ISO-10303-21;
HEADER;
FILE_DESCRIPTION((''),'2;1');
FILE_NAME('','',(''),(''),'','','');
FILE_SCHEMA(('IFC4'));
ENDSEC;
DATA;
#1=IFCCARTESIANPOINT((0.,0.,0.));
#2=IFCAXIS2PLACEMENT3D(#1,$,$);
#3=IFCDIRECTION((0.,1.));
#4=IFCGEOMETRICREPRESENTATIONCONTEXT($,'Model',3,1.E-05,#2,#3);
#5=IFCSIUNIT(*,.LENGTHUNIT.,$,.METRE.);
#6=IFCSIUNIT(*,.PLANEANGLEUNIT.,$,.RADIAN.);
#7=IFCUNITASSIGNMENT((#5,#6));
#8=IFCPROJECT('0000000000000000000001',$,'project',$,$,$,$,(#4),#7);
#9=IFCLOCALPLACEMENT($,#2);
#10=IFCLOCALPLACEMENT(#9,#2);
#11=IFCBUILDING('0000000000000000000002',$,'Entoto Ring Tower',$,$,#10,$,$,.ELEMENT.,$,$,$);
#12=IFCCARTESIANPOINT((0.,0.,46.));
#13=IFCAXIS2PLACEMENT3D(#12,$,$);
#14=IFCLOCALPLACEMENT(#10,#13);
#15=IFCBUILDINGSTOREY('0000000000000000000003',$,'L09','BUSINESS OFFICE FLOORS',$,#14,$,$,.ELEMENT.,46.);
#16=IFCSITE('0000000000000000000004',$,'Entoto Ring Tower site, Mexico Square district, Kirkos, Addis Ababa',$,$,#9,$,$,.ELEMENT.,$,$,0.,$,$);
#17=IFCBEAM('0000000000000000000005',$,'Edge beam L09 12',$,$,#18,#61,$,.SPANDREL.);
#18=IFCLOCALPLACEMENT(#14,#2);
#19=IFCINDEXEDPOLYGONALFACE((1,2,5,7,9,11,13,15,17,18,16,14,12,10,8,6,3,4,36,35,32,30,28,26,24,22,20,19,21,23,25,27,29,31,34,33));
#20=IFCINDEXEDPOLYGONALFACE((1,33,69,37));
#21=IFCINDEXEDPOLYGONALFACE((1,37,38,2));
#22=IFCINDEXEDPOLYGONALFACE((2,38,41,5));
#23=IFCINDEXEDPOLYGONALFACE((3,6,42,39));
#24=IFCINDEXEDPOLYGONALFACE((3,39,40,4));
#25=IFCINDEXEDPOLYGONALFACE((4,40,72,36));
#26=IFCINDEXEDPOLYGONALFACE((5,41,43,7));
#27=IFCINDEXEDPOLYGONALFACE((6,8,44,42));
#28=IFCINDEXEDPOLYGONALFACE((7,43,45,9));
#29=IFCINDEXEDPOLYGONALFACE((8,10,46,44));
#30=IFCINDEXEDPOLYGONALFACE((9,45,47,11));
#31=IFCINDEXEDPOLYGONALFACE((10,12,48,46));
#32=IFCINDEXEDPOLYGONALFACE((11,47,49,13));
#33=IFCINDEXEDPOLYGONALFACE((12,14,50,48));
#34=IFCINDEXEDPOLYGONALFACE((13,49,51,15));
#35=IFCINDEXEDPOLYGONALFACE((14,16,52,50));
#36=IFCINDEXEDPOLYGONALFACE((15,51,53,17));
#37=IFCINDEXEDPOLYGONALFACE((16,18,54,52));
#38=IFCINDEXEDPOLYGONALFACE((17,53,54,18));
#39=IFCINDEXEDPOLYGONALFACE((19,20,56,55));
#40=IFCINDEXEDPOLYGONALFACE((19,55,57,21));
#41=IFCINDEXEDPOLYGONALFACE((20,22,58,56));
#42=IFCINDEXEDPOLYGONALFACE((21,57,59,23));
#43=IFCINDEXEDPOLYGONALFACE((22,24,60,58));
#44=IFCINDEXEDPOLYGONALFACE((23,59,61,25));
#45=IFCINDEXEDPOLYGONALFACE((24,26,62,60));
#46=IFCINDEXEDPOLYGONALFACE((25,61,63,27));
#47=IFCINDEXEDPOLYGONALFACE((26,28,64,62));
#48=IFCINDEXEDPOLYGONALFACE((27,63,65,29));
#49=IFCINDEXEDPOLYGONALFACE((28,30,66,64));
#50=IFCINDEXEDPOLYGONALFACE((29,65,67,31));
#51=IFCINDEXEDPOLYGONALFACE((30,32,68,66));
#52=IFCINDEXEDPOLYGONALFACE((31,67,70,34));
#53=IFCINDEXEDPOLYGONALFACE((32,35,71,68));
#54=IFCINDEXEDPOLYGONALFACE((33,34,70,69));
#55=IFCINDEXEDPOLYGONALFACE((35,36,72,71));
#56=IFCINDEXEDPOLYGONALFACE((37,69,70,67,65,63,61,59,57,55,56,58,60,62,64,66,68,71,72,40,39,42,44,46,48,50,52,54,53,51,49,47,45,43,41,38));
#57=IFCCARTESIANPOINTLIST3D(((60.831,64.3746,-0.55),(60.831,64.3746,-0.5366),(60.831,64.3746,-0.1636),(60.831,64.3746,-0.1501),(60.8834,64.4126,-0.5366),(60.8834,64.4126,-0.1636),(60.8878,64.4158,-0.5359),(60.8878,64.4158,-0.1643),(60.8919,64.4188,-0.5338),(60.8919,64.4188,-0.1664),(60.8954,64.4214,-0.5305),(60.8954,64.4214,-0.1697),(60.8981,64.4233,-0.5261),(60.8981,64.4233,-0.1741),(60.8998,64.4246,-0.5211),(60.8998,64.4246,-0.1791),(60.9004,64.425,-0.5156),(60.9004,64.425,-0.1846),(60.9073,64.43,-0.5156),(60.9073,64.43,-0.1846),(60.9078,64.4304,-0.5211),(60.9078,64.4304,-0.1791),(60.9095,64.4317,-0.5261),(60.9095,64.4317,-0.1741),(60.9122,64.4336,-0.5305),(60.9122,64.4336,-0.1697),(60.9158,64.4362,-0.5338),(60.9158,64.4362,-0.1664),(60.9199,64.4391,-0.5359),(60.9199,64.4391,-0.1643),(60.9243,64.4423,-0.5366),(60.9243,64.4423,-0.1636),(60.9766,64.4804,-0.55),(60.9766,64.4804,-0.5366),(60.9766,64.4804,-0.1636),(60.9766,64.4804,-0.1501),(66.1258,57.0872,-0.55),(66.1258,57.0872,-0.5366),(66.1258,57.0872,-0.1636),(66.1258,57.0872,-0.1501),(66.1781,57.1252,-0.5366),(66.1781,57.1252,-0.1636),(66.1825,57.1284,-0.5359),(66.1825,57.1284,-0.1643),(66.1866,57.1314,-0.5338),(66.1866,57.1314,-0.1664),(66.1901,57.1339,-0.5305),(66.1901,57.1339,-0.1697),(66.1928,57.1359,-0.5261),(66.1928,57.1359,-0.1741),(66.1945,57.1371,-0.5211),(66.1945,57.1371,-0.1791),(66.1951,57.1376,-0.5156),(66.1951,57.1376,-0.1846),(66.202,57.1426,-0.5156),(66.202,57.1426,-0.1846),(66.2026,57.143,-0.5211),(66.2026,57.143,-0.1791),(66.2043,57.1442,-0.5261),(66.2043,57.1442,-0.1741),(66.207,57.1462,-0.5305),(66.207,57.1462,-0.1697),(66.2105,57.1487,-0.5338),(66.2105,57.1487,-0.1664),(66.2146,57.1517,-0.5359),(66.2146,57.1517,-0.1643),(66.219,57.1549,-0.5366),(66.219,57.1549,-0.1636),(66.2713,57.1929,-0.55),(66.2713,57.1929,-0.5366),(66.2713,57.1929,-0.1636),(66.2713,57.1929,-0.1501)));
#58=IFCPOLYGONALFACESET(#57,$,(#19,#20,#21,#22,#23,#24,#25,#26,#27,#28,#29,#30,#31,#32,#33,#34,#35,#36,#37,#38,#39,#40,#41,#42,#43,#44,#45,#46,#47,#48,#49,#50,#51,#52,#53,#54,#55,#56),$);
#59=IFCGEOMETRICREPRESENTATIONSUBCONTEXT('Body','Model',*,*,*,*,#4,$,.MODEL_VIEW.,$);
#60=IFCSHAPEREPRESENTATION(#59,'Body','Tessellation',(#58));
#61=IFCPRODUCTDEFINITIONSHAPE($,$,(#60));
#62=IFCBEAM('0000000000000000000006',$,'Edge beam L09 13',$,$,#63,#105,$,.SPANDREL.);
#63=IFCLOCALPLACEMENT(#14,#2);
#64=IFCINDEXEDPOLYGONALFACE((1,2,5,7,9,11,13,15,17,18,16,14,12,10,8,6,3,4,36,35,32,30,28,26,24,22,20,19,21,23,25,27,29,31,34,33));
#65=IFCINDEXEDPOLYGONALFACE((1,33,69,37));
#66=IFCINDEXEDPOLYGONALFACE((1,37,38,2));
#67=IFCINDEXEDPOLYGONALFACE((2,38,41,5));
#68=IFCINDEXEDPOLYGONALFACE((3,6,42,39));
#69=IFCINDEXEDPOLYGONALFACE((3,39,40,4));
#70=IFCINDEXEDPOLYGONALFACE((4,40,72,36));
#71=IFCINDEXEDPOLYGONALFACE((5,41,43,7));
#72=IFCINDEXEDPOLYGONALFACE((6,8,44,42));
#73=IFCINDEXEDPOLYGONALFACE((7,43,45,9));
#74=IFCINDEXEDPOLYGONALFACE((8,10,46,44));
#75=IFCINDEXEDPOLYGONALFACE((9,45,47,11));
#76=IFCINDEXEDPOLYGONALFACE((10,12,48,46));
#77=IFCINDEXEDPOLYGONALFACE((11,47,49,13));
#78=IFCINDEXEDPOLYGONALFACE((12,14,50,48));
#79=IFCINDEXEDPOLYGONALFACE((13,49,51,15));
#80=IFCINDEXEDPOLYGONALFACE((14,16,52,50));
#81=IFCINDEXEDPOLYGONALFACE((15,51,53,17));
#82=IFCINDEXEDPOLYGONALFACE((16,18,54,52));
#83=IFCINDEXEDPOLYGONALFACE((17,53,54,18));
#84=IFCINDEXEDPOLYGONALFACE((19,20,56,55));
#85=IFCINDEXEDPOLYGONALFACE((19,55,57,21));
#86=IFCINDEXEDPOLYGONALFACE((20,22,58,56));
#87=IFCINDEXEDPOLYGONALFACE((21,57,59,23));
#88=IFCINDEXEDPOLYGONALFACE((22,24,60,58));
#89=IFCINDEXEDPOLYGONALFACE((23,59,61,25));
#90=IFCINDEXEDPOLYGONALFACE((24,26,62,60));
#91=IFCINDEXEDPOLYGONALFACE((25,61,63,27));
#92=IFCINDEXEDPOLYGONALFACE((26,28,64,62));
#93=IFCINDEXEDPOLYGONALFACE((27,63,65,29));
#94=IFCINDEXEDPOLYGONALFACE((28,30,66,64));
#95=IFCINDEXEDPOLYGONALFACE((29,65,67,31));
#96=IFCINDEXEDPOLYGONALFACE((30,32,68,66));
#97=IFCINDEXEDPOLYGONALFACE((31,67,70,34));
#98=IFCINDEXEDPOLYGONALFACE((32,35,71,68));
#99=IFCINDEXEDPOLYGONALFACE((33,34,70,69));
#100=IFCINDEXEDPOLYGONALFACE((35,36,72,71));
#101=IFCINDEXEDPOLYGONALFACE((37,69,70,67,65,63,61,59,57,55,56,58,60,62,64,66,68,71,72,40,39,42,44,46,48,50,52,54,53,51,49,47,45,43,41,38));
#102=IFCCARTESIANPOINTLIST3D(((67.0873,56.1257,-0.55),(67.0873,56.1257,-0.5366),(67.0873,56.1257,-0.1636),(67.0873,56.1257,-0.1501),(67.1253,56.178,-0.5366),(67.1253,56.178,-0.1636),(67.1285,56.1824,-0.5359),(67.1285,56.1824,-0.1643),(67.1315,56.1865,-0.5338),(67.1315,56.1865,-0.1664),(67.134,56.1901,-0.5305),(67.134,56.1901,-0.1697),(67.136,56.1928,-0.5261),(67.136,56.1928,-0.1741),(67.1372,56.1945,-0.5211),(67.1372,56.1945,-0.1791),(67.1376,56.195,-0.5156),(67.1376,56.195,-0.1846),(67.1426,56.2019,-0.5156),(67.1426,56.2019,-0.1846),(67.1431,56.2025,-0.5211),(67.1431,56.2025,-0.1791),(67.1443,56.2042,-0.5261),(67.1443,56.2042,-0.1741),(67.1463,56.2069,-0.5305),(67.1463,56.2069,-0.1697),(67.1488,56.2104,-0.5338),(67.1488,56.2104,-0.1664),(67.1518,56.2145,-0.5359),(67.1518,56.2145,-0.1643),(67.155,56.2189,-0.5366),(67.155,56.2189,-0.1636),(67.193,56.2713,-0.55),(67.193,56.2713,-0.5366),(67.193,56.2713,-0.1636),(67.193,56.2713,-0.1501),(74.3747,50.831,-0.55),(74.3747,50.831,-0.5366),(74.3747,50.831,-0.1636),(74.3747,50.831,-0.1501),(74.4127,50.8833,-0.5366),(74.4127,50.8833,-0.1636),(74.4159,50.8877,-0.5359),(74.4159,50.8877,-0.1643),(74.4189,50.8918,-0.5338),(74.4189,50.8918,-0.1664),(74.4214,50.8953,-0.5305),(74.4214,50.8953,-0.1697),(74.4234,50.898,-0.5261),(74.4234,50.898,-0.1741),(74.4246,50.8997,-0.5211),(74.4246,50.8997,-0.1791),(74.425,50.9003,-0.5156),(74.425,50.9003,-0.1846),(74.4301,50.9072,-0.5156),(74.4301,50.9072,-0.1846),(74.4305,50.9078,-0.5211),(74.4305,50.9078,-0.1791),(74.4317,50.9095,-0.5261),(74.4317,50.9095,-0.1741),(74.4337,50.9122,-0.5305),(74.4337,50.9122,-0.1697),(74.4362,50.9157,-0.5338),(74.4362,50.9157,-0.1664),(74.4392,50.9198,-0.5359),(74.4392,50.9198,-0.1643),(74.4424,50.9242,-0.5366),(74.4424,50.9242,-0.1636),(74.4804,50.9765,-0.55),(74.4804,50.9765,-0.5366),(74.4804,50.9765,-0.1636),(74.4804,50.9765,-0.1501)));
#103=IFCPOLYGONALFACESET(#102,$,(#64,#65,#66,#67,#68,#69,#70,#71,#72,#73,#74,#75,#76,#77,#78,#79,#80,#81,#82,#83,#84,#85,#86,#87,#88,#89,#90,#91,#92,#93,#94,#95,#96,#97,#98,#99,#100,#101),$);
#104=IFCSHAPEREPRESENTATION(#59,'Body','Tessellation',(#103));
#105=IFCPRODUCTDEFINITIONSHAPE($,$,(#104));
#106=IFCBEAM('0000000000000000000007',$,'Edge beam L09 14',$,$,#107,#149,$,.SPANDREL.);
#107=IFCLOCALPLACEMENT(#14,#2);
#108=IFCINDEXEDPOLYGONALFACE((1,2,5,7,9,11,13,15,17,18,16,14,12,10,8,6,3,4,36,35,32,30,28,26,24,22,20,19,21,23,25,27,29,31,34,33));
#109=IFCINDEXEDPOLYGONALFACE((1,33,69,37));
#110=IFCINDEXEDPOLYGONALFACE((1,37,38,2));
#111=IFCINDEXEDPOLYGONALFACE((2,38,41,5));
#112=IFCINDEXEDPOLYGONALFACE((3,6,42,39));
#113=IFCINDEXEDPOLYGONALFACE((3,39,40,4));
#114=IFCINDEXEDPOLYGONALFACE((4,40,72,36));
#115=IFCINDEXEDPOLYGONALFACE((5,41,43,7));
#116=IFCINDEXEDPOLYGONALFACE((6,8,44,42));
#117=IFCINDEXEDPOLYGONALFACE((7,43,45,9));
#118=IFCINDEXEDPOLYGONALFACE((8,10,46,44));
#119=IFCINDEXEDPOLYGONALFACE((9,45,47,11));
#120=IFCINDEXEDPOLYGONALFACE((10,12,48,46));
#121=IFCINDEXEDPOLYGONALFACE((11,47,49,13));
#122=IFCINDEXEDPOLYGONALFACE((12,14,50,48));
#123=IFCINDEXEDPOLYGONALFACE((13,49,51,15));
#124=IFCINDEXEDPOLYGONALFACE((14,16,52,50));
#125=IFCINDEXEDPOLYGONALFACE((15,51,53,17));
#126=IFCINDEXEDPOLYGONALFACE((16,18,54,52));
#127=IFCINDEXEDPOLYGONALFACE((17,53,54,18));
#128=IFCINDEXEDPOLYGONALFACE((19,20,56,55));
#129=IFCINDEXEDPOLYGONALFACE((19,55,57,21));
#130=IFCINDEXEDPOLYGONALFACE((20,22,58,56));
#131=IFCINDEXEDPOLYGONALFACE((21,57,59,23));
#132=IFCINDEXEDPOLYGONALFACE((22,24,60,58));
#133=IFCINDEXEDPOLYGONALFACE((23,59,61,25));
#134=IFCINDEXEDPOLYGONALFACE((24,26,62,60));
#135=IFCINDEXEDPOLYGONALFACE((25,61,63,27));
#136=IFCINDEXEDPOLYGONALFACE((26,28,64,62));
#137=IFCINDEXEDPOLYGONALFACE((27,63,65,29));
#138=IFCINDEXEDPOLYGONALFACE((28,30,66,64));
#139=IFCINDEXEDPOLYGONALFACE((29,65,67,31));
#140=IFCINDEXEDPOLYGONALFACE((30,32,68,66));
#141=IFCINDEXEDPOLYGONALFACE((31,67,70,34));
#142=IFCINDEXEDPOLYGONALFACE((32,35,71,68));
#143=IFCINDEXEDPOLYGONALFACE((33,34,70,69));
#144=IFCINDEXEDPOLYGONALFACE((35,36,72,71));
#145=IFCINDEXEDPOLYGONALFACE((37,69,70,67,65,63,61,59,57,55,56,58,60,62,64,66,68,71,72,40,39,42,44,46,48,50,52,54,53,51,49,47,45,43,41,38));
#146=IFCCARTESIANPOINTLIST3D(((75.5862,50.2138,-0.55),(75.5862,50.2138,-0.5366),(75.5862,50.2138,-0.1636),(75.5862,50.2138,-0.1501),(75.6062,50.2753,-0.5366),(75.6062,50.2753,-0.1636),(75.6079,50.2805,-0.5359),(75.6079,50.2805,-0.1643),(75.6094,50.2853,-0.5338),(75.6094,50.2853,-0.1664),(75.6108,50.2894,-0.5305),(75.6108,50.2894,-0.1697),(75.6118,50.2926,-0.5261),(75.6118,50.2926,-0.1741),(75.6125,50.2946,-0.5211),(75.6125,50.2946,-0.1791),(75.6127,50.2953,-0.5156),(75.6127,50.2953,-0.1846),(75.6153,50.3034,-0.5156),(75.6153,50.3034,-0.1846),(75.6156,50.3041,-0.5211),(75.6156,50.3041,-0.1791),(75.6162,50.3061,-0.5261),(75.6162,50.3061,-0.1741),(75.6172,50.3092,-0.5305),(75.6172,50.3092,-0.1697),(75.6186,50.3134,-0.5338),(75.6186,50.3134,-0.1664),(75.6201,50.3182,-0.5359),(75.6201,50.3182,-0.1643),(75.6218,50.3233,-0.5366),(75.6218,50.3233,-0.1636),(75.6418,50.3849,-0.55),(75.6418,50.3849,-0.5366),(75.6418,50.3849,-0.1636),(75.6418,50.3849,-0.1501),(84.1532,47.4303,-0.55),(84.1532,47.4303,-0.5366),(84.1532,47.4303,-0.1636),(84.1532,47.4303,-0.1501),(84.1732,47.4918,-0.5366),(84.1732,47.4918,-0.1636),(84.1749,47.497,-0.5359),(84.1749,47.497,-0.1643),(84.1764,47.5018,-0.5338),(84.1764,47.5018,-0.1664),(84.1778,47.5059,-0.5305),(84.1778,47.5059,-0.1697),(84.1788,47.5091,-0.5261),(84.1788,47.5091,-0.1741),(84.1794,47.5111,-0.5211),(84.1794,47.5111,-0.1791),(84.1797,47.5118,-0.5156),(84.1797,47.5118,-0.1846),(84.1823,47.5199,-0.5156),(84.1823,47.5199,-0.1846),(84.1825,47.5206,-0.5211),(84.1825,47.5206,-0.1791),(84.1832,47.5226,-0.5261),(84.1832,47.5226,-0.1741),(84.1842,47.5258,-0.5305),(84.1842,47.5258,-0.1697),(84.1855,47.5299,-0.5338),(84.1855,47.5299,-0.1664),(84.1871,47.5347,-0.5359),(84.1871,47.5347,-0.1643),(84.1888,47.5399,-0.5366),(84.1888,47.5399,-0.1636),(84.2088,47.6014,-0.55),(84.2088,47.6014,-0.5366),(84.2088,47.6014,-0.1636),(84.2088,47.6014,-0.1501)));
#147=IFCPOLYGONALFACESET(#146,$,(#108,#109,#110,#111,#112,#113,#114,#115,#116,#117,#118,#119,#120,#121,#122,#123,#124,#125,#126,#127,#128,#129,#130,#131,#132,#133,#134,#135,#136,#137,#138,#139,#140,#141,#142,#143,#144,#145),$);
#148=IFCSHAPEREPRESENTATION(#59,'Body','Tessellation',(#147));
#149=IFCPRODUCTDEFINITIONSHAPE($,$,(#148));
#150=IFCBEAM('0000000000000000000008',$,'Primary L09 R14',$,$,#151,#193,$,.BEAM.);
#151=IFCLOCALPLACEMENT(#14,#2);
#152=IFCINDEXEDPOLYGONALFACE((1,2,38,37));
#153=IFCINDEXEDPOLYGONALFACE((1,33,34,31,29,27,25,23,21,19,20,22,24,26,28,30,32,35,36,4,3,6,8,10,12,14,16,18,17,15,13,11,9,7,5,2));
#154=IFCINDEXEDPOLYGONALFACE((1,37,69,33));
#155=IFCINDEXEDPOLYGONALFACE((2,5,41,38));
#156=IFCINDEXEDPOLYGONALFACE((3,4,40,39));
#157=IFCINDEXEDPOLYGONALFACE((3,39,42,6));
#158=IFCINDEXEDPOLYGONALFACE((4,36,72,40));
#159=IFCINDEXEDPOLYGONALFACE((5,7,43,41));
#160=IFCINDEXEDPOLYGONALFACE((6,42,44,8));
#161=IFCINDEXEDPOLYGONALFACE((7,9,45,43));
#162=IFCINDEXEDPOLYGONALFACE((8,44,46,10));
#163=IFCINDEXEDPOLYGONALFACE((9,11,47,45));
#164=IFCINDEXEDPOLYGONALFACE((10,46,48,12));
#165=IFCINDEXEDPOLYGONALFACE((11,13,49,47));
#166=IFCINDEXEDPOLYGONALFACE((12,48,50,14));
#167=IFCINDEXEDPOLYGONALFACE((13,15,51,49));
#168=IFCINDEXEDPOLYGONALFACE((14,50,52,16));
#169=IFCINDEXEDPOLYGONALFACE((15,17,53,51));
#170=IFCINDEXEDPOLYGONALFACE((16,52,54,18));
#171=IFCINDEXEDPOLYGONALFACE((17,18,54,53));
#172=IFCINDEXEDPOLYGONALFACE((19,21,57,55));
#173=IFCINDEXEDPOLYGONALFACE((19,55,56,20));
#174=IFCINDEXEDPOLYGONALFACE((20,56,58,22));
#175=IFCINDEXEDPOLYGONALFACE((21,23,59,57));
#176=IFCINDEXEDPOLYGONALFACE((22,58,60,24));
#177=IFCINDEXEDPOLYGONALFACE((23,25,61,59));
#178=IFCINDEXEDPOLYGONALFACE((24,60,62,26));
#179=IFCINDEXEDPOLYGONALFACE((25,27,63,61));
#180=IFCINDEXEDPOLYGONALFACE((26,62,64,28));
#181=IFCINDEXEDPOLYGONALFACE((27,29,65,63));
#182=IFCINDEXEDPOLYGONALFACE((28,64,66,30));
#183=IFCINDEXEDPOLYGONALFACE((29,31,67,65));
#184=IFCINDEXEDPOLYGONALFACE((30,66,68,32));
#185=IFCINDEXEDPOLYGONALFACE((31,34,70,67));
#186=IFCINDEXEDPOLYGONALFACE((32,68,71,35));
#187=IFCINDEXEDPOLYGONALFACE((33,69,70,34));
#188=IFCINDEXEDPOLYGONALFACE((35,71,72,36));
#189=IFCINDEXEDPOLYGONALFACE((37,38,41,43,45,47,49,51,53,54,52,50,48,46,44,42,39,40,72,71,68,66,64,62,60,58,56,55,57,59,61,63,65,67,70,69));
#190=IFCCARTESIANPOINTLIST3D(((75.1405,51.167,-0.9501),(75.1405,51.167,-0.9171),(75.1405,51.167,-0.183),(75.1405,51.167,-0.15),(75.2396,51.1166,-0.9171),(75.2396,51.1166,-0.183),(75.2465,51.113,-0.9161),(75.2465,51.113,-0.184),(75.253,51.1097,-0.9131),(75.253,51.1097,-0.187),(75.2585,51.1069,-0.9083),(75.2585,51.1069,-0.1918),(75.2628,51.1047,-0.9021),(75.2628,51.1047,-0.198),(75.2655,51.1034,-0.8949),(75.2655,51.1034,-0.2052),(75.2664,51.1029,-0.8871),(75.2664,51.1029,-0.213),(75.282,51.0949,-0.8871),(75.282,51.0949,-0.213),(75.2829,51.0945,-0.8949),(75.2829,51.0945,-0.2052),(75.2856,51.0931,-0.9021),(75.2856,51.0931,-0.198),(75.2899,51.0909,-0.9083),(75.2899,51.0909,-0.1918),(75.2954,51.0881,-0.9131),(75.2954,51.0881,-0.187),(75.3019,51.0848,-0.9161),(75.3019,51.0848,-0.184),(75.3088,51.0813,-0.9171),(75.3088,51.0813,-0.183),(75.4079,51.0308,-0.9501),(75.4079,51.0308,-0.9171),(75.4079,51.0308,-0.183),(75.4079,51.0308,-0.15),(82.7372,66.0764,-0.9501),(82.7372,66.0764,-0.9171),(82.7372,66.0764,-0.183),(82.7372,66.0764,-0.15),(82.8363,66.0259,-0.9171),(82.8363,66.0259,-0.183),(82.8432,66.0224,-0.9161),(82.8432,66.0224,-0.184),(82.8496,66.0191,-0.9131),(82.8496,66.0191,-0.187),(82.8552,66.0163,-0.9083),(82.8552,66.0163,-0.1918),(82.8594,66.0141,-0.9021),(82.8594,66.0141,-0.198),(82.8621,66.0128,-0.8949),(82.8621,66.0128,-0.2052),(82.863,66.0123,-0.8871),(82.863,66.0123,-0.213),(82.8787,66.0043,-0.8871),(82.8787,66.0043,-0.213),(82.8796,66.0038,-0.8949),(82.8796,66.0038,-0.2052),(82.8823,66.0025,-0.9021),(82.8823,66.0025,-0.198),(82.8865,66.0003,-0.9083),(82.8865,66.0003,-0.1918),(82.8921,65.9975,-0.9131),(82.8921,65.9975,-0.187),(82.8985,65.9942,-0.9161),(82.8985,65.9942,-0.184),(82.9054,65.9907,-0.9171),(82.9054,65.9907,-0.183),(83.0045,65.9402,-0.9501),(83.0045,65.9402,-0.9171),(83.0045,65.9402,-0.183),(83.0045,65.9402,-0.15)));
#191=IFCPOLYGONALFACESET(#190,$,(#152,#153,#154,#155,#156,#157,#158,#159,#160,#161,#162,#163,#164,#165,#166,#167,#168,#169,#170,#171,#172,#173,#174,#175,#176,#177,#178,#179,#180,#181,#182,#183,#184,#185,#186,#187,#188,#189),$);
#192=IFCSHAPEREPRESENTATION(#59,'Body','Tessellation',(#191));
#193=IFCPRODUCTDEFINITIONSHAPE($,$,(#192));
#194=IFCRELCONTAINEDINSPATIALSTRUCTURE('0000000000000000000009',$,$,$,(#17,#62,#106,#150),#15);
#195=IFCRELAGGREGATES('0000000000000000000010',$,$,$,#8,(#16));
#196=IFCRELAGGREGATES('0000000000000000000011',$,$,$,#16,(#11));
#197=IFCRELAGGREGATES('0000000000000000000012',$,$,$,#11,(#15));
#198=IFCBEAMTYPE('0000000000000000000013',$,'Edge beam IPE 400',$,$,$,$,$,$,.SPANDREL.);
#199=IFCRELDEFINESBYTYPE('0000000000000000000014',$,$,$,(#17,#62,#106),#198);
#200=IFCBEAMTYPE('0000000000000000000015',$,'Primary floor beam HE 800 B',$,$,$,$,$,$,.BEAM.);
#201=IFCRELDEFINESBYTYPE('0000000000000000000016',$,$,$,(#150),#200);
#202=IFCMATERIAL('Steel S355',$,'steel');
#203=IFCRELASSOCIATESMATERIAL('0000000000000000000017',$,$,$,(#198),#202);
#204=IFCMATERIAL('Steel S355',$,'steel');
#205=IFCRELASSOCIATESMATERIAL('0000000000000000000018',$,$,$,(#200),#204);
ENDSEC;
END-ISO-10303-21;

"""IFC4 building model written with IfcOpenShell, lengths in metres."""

from ifc_helpers import new_model, si_unit, direction, frame, origin, origin_2d, place, context, subcontext, project, spatial, i_section, extrude, material, material_profile, profile_set, type_object, element, save


model = new_model("IFC4")

# Units and contexts
model_context = context("Model", 3, precision=1e-05, world=origin(), true_north=direction((0.0, 1.0)))
body_context = subcontext(model_context, "Body", "Model", "MODEL_VIEW")
ifc_project = project(units=[si_unit("LENGTHUNIT", "METRE"), si_unit("PLANEANGLEUNIT", "RADIAN")], contexts=[model_context])

# Site, building, storey
site_placement = place(None, origin())
site = spatial("IfcSite", under=ifc_project, at=site_placement, Name="Entoto Ring Tower site, Mexico Square district, Kirkos, Addis Ababa", CompositionType="ELEMENT", RefElevation=0.0)
building_placement = place(site_placement, origin())
building = spatial("IfcBuilding", under=site, at=building_placement, Name="Entoto Ring Tower", CompositionType="ELEMENT")
storey_placement = place(building_placement, frame((0.0, 0.0, 46.0)))
storey = spatial("IfcBuildingStorey", under=building, at=storey_placement, Name="L09", Description="BUSINESS OFFICE FLOORS", CompositionType="ELEMENT", Elevation=46.0)

# Beams
ifc_material_1 = material(Name="Steel S355", Category="steel")
ifc_material_profile_1 = material_profile(ifc_material_1, i_section(OverallWidth=0.1799, OverallDepth=0.3999, WebThickness=0.0085, FlangeThickness=0.0134, FilletRadius=0.021, at=origin_2d()), Name="IPE 400")
ifc_profile_set_1 = profile_set([ifc_material_profile_1], Name="Steel S355")
beam_type_1 = type_object("IfcBeamType", Name="Edge beam IPE 400", PredefinedType="SPANDREL", material=ifc_profile_set_1)
for number, where, z_axis, x_axis, name in (
    (1, (60.9038, 64.4275, -0.3501), (0.587793, -0.809011, 0.0), (0.809011, 0.587793, 0.0), "Edge beam L09 12"),
    (2, (67.1401, 56.1985, -0.3501), (0.809011, -0.587793, 0.0), (0.587793, 0.809011, 0.0), "Edge beam L09 13"),
    (3, (75.614, 50.2993, -0.3501), (0.95106, -0.309006, 0.0), (0.309006, 0.95106, 0.0), "Edge beam L09 14"),
):
    element("IfcBeam", number, at=place(storey_placement, frame(where, z_axis=z_axis, x_axis=x_axis)), inside=storey, type_object=beam_type_1, Name=name, PredefinedType="SPANDREL", context=body_context, shape_type="SweptSolid", body=[
        extrude(i_section(OverallWidth=0.1799, OverallDepth=0.3999, WebThickness=0.0085, FlangeThickness=0.0134, FilletRadius=0.021, at=origin_2d()), origin(), (0.0, 0.0, 1.0), 9.0078),
    ])
ifc_material_2 = material(Name="Steel S355", Category="steel")
ifc_material_profile_2 = material_profile(ifc_material_2, i_section(OverallWidth=0.3, OverallDepth=0.8, WebThickness=0.0176, FlangeThickness=0.033, FilletRadius=0.03, at=origin_2d()), Name="HE 800 B")
ifc_profile_set_2 = profile_set([ifc_material_profile_2], Name="Steel S355")
beam_type_2 = type_object("IfcBeamType", Name="Primary floor beam HE 800 B", PredefinedType="BEAM", material=ifc_profile_set_2)
beam_1_placement = place(storey_placement, frame((82.8708, 66.0083, -0.55), z_axis=(-0.453988, -0.891008, 0.0), x_axis=(0.891008, -0.453988, 0.0)))
element("IfcBeam", 4, at=beam_1_placement, inside=storey, type_object=beam_type_2, Name="Primary L09 R14", PredefinedType="BEAM", context=body_context, shape_type="SweptSolid", body=[
    extrude(i_section(OverallWidth=0.3, OverallDepth=0.8, WebThickness=0.0176, FlangeThickness=0.033, FilletRadius=0.03, at=origin_2d()), origin(), (0.0, 0.0, 1.0), 16.7332),
])

save(model, "model.ifc")
